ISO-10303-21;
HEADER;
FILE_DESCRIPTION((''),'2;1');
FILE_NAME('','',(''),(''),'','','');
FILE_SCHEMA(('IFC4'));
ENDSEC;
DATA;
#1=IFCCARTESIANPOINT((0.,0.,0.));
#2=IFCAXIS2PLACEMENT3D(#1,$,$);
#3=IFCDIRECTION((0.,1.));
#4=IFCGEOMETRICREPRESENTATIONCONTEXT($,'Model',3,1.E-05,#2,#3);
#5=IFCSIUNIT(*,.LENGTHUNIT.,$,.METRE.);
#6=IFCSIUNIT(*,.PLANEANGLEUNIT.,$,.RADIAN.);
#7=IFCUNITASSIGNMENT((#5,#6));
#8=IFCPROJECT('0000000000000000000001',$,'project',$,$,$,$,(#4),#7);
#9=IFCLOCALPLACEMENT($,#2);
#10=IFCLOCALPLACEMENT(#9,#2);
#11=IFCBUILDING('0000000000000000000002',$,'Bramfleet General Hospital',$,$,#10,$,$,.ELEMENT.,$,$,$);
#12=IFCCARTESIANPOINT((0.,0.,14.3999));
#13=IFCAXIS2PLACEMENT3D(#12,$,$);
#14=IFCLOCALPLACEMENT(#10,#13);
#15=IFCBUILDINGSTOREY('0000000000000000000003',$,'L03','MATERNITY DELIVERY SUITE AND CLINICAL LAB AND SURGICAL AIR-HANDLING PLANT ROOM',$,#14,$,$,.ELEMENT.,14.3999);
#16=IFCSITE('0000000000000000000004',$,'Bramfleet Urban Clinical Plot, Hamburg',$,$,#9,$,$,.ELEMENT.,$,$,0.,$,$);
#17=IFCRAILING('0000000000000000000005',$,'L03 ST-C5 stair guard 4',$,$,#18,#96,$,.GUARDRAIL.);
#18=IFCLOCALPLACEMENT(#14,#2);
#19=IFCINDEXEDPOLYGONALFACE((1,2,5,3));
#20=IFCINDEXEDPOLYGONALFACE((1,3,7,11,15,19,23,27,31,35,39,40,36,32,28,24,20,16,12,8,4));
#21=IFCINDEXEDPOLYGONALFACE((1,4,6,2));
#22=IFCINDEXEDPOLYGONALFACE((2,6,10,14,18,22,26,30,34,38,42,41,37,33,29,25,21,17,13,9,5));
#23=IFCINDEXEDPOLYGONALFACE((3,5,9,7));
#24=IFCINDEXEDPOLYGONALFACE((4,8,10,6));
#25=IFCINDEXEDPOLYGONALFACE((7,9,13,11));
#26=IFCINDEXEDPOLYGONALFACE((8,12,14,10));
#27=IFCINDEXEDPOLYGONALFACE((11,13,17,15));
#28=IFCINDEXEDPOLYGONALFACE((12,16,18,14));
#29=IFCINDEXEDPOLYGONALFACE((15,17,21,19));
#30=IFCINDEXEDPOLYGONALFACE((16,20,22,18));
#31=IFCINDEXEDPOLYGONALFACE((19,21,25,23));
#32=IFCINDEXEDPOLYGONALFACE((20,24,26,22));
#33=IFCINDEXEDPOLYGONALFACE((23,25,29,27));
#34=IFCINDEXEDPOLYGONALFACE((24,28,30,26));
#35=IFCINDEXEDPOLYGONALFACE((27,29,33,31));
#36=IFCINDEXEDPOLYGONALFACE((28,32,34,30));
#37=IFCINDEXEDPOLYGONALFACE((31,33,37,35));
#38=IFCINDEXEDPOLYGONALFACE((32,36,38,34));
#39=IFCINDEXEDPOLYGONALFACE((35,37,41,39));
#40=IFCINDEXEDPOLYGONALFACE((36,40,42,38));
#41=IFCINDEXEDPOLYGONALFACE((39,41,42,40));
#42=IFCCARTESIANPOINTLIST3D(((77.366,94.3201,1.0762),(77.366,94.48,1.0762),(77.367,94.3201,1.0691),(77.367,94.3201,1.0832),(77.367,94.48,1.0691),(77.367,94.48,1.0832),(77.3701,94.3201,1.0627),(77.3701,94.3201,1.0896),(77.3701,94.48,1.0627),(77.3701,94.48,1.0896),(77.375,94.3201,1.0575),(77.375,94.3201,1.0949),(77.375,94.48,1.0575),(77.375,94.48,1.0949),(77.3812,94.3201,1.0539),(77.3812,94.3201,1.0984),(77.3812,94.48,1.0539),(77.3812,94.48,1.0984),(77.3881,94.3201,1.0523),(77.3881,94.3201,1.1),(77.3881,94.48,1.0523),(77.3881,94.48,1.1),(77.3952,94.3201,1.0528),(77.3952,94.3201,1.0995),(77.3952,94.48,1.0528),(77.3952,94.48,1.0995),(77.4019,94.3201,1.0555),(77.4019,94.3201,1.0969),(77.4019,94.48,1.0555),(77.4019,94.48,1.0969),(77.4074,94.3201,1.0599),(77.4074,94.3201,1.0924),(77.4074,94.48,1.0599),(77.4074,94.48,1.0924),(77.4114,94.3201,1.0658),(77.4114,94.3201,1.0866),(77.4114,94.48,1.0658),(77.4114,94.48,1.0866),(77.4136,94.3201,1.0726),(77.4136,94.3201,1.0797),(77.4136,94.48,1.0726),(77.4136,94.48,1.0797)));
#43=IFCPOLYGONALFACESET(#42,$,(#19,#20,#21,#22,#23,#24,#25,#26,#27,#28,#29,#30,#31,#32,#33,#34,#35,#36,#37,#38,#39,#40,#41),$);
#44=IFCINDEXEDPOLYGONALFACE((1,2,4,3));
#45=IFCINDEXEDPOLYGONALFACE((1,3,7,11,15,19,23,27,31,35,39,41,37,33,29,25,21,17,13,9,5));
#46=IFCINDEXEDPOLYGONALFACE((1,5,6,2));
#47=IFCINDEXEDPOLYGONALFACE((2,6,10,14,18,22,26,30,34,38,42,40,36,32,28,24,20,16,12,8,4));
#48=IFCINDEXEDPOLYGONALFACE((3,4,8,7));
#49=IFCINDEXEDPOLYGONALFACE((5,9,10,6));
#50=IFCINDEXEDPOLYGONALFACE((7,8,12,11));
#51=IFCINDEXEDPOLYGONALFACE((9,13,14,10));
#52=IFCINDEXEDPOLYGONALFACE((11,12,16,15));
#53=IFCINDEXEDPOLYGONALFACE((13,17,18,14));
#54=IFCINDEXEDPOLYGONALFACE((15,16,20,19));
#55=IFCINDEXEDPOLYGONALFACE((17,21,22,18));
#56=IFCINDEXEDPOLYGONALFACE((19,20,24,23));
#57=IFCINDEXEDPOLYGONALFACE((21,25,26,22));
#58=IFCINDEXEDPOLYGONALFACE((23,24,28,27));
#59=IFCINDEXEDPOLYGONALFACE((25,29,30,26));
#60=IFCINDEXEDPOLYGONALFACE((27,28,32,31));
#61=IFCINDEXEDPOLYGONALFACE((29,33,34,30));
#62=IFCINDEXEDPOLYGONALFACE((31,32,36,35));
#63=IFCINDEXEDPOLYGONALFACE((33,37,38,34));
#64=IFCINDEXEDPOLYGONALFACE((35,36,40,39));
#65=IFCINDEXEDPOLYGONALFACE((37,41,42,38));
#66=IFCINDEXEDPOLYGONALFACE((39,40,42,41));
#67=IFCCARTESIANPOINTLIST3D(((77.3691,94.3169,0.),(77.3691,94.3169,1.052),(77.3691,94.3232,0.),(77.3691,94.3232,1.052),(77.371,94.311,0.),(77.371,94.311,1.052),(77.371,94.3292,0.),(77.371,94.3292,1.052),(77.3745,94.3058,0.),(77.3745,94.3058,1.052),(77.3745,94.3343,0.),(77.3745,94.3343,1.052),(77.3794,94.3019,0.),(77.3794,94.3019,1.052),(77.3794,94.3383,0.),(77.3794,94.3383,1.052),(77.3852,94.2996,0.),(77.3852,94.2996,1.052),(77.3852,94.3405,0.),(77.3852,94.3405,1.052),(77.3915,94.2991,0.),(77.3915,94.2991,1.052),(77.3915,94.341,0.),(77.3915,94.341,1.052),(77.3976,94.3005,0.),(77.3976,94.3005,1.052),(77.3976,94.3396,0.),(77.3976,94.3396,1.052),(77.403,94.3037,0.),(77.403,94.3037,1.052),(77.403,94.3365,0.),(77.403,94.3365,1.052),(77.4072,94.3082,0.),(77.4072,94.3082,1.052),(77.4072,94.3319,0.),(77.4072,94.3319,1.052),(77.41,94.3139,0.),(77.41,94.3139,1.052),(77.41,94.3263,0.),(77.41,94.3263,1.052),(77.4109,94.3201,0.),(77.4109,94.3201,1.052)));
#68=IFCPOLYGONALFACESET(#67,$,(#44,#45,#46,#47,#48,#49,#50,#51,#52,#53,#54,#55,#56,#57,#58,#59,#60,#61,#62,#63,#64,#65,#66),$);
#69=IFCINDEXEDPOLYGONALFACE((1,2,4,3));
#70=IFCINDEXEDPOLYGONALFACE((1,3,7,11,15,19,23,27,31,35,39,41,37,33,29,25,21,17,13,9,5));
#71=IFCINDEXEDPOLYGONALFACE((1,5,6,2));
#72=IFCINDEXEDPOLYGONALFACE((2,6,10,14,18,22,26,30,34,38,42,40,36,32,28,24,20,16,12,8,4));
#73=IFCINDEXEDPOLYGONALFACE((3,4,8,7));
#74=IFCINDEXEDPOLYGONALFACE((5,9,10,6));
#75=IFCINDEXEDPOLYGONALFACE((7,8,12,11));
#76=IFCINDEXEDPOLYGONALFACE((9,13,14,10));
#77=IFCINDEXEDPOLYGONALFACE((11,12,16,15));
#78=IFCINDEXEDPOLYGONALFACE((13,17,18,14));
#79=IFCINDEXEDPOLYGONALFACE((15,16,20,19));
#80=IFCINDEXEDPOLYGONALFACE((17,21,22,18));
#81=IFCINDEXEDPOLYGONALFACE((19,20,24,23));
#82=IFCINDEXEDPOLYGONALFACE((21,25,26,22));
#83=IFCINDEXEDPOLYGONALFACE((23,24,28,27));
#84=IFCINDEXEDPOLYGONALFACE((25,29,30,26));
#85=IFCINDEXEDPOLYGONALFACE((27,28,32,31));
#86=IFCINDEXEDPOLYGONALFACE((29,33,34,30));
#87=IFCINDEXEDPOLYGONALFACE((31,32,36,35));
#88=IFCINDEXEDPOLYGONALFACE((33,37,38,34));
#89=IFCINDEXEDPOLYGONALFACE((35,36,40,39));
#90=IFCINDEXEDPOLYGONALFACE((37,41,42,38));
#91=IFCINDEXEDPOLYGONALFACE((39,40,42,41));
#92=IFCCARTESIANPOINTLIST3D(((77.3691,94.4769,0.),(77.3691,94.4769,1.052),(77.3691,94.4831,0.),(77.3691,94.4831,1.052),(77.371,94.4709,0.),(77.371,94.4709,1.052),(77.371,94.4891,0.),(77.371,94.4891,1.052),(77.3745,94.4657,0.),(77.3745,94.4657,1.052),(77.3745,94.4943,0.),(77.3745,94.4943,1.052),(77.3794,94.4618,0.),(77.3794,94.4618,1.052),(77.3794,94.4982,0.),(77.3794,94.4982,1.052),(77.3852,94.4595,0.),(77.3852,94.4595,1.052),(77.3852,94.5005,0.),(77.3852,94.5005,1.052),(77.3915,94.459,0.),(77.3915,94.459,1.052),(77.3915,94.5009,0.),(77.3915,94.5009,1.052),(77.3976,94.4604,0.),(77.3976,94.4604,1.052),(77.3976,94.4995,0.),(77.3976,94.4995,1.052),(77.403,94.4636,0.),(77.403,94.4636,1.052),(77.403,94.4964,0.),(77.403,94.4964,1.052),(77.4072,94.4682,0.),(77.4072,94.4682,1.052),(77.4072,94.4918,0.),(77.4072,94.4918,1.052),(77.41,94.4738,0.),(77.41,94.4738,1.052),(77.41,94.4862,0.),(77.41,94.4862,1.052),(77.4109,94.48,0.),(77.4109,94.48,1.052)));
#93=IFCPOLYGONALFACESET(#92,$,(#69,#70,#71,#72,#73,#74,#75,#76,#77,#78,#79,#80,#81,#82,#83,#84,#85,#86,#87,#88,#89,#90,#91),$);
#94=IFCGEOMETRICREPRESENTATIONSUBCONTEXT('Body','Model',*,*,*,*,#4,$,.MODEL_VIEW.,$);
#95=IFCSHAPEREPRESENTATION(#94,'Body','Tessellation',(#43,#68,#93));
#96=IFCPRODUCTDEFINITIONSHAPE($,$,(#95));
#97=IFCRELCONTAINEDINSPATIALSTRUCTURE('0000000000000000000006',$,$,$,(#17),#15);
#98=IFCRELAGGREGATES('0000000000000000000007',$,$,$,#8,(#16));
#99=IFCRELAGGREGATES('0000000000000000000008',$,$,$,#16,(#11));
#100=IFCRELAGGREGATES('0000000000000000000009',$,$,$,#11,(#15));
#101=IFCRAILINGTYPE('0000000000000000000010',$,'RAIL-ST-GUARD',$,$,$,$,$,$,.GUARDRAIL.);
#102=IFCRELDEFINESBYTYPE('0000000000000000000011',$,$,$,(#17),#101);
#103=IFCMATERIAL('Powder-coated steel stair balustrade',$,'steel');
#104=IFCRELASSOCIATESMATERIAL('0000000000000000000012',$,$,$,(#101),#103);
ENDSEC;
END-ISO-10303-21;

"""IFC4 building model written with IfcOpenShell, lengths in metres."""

from ifc_helpers import new_model, si_unit, direction, frame, origin, origin_2d, place, context, subcontext, project, spatial, circle, extrude, material, type_object, element, save


model = new_model("IFC4")

# Units and contexts
model_context = context("Model", 3, precision=1e-05, world=origin(), true_north=direction((0.0, 1.0)))
body_context = subcontext(model_context, "Body", "Model", "MODEL_VIEW")
ifc_project = project(units=[si_unit("LENGTHUNIT", "METRE"), si_unit("PLANEANGLEUNIT", "RADIAN")], contexts=[model_context])

# Site, building, storey
site_placement = place(None, origin())
site = spatial("IfcSite", under=ifc_project, at=site_placement, Name="Bramfleet Urban Clinical Plot, Hamburg", CompositionType="ELEMENT", RefElevation=0.0)
building_placement = place(site_placement, origin())
building = spatial("IfcBuilding", under=site, at=building_placement, Name="Bramfleet General Hospital", CompositionType="ELEMENT")
storey_placement = place(building_placement, frame((0.0, 0.0, 14.3999)))
storey = spatial("IfcBuildingStorey", under=building, at=storey_placement, Name="L03", Description="MATERNITY DELIVERY SUITE AND CLINICAL LAB AND SURGICAL AIR-HANDLING PLANT ROOM", CompositionType="ELEMENT", Elevation=14.3999)

# Railing
ifc_material_1 = material(Name="Powder-coated steel stair balustrade", Category="steel")
railing_type_1 = type_object("IfcRailingType", Name="RAIL-ST-GUARD", PredefinedType="GUARDRAIL", material=ifc_material_1)
railing_1_placement = place(storey_placement, frame((77.3899, 94.3201, 0.0)))
element("IfcRailing", 1, at=railing_1_placement, inside=storey, type_object=railing_type_1, Name="L03 ST-C5 stair guard 4", PredefinedType="GUARDRAIL", context=body_context, shape_type="SweptSolid", body=[
    extrude(circle(Radius=0.0239, at=origin_2d()), frame((0.0, 0.0, 1.0762), z_axis=(0.0, 1.0, 0.0), x_axis=(-1.0, 0.0, 0.0)), (0.0, 0.0, 1.0), 0.1599),
    extrude(circle(Radius=0.021, at=origin_2d()), origin(), (0.0, 0.0, 1.0), 1.052),
    extrude(circle(Radius=0.021, at=origin_2d()), frame((0.0, 0.1599, 0.0)), (0.0, 0.0, 1.0), 1.052),
])

save(model, "model.ifc")
